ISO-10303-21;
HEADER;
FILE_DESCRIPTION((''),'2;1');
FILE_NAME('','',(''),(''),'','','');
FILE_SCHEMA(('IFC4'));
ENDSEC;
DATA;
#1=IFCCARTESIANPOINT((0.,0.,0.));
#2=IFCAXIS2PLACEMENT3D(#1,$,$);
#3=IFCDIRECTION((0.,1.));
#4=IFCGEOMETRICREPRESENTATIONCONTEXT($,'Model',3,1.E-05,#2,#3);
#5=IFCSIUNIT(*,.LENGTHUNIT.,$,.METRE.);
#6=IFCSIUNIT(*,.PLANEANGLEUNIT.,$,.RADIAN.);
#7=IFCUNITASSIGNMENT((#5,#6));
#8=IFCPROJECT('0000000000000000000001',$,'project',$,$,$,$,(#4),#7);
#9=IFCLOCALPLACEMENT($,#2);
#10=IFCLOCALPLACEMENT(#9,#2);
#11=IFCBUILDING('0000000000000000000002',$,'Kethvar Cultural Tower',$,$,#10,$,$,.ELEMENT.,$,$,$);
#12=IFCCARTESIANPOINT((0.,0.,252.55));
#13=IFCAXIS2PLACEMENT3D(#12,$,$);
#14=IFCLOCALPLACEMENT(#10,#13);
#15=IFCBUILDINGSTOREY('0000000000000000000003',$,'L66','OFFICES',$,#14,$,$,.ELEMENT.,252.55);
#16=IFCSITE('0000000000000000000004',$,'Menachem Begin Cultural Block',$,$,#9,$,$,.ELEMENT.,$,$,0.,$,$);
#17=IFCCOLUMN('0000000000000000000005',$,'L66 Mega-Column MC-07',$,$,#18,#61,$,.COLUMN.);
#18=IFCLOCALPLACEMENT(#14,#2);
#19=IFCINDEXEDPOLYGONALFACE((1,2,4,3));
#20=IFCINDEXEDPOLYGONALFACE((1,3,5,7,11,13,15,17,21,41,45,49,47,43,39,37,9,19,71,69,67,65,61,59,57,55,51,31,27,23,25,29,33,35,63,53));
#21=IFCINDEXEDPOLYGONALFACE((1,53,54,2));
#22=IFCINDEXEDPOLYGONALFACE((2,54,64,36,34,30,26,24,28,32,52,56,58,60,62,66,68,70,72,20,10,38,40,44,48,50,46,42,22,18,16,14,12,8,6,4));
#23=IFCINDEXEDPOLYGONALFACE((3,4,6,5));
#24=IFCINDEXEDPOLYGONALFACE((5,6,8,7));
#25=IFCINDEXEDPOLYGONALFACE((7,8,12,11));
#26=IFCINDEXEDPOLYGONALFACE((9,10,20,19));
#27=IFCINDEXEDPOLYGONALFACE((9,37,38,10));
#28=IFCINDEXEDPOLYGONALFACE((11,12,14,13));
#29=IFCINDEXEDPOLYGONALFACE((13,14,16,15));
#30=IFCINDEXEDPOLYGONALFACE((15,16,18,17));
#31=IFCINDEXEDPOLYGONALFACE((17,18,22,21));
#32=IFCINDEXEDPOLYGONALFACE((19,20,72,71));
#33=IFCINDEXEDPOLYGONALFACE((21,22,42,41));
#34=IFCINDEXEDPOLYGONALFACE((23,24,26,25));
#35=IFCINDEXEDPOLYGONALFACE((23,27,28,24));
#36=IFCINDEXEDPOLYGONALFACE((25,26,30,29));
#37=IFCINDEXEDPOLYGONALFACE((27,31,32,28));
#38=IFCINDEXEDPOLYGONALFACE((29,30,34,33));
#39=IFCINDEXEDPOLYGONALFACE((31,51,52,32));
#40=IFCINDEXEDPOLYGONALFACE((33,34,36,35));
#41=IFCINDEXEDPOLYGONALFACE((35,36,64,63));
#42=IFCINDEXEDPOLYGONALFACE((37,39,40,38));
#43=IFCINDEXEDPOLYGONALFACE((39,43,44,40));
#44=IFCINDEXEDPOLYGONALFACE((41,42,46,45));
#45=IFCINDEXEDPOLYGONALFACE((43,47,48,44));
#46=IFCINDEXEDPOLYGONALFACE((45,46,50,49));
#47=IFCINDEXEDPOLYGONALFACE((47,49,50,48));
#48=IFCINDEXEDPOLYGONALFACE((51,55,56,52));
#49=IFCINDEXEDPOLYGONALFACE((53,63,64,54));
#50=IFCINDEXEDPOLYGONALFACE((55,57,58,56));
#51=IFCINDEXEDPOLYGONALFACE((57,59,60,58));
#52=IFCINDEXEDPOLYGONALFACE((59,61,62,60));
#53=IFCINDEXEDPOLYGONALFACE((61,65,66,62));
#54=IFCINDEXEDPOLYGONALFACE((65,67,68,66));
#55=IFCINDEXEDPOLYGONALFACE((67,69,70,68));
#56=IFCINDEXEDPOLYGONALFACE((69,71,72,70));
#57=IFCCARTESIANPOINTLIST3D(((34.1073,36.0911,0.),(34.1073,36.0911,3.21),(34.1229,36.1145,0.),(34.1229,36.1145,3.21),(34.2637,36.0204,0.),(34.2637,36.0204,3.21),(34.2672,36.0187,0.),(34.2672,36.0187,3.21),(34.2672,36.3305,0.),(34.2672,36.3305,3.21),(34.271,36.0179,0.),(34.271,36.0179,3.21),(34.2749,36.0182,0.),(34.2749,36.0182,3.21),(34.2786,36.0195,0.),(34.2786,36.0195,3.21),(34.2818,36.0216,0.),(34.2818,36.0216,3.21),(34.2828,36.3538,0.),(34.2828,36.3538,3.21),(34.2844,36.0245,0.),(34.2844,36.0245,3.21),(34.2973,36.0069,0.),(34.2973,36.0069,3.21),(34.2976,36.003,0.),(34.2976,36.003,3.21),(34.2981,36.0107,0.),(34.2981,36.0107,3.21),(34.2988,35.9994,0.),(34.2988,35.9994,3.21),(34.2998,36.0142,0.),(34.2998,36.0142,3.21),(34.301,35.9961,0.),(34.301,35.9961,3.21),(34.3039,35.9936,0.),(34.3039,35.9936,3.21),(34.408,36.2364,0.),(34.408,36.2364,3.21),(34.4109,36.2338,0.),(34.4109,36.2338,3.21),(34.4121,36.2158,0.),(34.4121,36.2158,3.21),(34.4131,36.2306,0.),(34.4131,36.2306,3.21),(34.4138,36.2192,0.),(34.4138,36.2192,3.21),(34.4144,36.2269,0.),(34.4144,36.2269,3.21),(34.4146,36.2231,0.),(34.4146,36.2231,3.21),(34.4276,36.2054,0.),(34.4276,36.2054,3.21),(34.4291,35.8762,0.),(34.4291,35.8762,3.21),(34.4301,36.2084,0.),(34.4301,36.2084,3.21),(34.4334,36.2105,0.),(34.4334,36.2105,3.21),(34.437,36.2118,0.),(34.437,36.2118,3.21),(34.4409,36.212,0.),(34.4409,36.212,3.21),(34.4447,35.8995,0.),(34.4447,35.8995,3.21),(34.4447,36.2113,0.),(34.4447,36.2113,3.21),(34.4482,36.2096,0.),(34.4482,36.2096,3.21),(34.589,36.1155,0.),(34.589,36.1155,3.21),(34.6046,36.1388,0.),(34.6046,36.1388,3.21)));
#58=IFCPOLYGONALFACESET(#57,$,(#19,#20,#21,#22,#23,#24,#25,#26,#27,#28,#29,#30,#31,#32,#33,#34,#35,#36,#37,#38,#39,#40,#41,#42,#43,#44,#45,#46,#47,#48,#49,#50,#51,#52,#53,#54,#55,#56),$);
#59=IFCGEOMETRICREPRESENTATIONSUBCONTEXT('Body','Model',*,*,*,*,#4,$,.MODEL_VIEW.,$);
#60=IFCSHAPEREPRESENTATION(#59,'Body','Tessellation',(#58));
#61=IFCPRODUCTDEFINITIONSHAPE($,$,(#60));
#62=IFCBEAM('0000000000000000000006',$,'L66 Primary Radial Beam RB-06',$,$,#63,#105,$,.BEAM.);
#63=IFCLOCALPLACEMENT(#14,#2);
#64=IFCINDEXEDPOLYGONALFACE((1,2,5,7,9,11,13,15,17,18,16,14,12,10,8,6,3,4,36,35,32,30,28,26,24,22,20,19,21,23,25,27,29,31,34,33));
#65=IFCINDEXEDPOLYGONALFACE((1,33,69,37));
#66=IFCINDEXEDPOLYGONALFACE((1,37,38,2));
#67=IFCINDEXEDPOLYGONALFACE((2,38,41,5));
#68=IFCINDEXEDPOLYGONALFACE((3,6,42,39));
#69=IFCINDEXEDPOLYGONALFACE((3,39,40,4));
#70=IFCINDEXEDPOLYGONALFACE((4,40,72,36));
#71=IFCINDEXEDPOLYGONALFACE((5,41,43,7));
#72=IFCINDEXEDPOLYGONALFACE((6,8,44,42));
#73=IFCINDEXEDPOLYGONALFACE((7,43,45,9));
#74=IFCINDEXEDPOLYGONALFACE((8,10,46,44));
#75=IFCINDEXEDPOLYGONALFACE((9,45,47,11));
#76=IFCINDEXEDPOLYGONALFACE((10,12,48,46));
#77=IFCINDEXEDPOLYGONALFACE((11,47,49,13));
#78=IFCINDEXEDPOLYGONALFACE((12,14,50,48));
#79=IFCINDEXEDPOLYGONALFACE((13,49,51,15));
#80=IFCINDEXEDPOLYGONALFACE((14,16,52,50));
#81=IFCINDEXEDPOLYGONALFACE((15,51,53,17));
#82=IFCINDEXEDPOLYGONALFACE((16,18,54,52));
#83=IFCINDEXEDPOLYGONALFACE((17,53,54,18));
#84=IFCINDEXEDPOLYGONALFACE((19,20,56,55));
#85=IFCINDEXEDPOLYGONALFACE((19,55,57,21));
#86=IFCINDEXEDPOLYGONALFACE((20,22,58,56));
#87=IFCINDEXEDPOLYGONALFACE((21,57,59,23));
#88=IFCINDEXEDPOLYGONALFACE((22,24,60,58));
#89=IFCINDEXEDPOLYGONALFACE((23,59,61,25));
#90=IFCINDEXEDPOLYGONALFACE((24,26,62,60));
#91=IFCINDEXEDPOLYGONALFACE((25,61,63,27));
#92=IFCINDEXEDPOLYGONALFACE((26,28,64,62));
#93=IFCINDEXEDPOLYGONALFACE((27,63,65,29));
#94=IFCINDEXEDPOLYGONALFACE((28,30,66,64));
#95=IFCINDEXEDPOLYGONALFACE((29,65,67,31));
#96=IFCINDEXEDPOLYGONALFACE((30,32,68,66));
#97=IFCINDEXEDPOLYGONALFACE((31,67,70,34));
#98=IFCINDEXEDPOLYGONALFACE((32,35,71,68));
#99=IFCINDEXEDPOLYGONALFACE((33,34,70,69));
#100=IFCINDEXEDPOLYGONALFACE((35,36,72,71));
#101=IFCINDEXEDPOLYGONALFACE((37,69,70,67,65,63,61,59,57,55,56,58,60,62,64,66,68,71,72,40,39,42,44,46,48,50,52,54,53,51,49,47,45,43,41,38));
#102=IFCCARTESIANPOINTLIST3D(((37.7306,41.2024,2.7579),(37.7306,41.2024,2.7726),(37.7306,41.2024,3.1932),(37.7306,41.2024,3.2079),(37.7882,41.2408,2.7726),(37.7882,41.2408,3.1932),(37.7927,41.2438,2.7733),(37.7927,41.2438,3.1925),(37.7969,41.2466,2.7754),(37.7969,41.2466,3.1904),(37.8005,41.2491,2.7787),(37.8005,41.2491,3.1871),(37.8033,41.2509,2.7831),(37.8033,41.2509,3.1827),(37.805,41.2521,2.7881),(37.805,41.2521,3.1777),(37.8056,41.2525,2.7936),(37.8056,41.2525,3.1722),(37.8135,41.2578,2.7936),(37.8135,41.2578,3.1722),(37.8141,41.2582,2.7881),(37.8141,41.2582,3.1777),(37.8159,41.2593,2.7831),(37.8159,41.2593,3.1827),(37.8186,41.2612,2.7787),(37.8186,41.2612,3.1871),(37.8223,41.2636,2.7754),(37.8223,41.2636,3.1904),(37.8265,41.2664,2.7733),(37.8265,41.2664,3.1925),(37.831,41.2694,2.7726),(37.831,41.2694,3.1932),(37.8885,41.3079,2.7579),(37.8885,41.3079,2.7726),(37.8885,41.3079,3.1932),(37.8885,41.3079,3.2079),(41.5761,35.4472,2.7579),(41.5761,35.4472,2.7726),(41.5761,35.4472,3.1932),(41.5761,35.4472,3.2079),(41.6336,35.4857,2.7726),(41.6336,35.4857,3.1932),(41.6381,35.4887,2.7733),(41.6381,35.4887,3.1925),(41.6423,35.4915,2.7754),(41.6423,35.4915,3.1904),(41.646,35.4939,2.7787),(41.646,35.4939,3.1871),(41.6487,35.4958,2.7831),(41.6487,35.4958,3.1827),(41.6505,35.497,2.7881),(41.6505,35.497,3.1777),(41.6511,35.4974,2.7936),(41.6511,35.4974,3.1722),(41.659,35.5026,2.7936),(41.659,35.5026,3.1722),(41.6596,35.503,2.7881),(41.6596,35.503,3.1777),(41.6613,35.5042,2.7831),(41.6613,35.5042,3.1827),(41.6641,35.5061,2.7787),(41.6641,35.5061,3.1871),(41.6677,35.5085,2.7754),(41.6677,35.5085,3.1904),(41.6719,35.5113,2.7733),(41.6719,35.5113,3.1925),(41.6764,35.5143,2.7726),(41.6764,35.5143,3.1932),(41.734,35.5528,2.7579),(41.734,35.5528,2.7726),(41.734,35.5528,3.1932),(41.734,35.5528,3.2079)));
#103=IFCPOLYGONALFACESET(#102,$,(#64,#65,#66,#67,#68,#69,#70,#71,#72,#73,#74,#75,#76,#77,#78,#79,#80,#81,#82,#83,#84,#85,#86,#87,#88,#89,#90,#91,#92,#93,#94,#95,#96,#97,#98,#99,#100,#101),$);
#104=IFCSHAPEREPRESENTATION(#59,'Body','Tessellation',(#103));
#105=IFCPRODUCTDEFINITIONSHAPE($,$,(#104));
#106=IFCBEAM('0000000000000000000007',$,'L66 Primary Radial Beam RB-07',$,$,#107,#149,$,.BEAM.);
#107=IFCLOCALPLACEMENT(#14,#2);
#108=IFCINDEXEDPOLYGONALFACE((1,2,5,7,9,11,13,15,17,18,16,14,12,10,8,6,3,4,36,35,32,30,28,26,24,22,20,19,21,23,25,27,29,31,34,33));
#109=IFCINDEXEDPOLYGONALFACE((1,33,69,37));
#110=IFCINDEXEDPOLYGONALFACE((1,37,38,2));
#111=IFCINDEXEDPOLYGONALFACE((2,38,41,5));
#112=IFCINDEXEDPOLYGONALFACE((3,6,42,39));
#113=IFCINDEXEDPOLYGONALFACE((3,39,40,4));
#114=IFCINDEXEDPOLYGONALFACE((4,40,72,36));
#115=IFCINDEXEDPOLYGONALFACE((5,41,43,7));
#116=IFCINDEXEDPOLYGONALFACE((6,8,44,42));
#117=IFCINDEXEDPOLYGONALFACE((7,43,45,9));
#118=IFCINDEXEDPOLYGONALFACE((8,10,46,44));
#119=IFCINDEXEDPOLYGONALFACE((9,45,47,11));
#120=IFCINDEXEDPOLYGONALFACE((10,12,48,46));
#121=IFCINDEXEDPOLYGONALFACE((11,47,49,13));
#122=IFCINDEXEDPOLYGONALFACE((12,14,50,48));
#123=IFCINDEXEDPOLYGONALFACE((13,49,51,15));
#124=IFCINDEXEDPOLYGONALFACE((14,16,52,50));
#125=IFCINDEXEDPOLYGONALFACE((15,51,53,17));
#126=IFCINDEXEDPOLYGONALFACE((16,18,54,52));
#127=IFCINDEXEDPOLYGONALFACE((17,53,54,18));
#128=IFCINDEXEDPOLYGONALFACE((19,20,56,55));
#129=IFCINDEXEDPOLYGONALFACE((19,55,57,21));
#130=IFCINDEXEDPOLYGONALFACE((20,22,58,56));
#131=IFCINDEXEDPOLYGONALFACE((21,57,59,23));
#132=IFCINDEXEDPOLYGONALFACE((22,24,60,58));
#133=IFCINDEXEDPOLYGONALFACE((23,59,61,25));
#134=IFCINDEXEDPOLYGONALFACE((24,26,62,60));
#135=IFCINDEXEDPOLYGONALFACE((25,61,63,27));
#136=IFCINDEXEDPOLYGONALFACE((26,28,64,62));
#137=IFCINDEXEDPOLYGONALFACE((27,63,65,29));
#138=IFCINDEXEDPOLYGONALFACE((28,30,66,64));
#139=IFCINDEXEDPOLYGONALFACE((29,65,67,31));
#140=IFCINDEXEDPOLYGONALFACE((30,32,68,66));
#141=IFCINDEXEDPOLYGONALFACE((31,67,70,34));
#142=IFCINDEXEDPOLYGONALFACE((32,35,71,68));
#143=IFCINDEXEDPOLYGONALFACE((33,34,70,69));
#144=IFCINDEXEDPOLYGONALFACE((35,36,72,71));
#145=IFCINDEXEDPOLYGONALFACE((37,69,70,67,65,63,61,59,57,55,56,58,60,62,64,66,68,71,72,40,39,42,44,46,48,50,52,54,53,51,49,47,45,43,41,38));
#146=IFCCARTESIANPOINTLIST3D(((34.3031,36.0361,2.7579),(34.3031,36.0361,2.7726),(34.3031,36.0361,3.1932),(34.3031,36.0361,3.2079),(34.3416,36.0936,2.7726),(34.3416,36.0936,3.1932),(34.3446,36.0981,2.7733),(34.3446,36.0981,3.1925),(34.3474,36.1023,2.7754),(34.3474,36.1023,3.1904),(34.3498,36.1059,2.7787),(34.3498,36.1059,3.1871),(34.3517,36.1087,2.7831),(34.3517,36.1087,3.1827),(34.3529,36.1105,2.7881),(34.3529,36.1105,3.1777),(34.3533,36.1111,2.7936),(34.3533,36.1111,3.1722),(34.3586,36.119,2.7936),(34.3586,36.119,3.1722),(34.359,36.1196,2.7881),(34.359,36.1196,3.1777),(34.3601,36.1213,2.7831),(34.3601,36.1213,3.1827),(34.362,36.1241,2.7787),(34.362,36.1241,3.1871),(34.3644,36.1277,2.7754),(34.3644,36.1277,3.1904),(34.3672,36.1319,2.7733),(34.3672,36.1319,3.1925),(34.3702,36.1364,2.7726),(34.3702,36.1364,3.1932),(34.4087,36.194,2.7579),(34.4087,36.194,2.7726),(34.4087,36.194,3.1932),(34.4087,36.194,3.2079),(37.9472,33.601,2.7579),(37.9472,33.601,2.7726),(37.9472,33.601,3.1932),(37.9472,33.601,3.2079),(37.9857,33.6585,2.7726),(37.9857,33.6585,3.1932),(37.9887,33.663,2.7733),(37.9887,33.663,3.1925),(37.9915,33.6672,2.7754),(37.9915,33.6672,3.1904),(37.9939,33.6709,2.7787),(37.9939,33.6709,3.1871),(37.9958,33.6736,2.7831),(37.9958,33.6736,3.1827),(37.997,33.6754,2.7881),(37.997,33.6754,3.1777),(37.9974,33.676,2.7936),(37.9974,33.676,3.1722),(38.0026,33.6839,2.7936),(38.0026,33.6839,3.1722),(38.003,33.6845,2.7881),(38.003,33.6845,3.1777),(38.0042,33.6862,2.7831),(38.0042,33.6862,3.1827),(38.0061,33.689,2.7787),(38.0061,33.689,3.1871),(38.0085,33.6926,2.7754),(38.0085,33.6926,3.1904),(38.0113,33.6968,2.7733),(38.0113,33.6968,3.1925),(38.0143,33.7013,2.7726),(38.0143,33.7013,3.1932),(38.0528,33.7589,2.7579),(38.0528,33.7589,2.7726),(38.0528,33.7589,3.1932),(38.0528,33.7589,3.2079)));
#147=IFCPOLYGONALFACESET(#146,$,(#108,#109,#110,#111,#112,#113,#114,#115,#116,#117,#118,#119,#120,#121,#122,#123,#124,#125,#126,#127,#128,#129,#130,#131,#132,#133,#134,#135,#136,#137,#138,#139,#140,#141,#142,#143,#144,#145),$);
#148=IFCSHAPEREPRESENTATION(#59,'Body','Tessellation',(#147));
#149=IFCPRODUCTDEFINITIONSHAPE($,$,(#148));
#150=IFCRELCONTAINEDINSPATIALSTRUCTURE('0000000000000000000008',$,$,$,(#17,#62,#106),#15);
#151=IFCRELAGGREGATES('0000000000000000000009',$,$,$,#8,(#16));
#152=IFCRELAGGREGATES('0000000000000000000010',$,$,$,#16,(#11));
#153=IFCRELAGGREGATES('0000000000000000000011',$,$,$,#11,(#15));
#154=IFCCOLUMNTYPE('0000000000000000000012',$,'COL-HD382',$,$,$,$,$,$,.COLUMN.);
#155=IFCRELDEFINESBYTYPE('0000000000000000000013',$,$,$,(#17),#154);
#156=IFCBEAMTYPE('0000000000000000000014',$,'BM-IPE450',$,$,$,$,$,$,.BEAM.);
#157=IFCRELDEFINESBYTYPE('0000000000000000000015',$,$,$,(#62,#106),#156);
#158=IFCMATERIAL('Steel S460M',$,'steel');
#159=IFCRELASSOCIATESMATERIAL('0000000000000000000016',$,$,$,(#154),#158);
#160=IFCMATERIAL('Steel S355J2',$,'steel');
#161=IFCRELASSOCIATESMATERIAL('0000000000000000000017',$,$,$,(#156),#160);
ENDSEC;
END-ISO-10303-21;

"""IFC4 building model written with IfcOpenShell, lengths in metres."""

from ifc_helpers import new_model, si_unit, direction, frame, origin, origin_2d, place, context, subcontext, project, spatial, i_section, extrude, source, transform, mapped, material, material_profile, profile_set, type_object, element, save


model = new_model("IFC4")

# Units and contexts
model_context = context("Model", 3, precision=1e-05, world=origin(), true_north=direction((0.0, 1.0)))
body_context = subcontext(model_context, "Body", "Model", "MODEL_VIEW")
ifc_project = project(units=[si_unit("LENGTHUNIT", "METRE"), si_unit("PLANEANGLEUNIT", "RADIAN")], contexts=[model_context])

# Site, building, storey
site_placement = place(None, origin())
site = spatial("IfcSite", under=ifc_project, at=site_placement, Name="Menachem Begin Cultural Block", CompositionType="ELEMENT", RefElevation=0.0)
building_placement = place(site_placement, origin())
building = spatial("IfcBuilding", under=site, at=building_placement, Name="Kethvar Cultural Tower", CompositionType="ELEMENT")
storey_placement = place(building_placement, frame((0.0, 0.0, 252.55)))
storey = spatial("IfcBuildingStorey", under=building, at=storey_placement, Name="L66", Description="OFFICES", CompositionType="ELEMENT", Elevation=252.55)

# Column
ifc_material_1 = material(Name="Steel S460M", Category="steel")
ifc_material_profile_1 = material_profile(ifc_material_1, i_section(OverallWidth=0.387, OverallDepth=0.3159, WebThickness=0.0186, FlangeThickness=0.0281, FilletRadius=0.0149, at=origin_2d()), Name="Steel S460M — HD400x382")
ifc_profile_set_1 = profile_set([ifc_material_profile_1], Name="Steel S460M — HD400x382")
column_type = type_object("IfcColumnType", Name="COL-HD382", PredefinedType="COLUMN", material=ifc_profile_set_1)
shared_shape_1 = source(origin(), body_context, "Body", "SweptSolid", [
    extrude(i_section(OverallWidth=0.387, OverallDepth=0.3159, WebThickness=0.0186, FlangeThickness=0.0281, FilletRadius=0.0149, at=origin_2d()), origin(), (0.0, 0.0, 1.0), 3.21),
])
column_placement = place(storey_placement, frame((34.356, 36.115, 0.0), z_axis=(0.0, 0.0, 1.0), x_axis=(-0.83147, 0.55557, 0.0)))
element("IfcColumn", 1, at=column_placement, inside=storey, type_object=column_type, Name="L66 Mega-Column MC-07", PredefinedType="COLUMN", context=body_context, shape_type="MappedRepresentation", body=[
    mapped(shared_shape_1, transform((0.0, 0.0, 0.0), scale=1.0)),
])

# Beams
ifc_material_2 = material(Name="Steel S355J2", Category="steel")
ifc_material_profile_2 = material_profile(ifc_material_2, i_section(OverallWidth=0.1899, OverallDepth=0.45, WebThickness=0.0095, FlangeThickness=0.0146, FilletRadius=0.021, at=origin_2d()), Name="Steel S355J2 — IPE450")
ifc_profile_set_2 = profile_set([ifc_material_profile_2], Name="Steel S355J2 — IPE450")
beam_type_1 = type_object("IfcBeamType", Name="BM-IPE450", PredefinedType="BEAM", material=ifc_profile_set_2)
shared_shape_2 = source(origin(), body_context, "Body", "SweptSolid", [
    extrude(i_section(OverallWidth=0.1899, OverallDepth=0.45, WebThickness=0.0095, FlangeThickness=0.0146, FilletRadius=0.021, at=origin_2d()), origin(), (0.0, 0.0, 1.0), 6.9216),
])
beam_1_placement = place(storey_placement, frame((41.655, 35.5, 2.9829), z_axis=(-0.555571, 0.831469, 0.0), x_axis=(-0.831469, -0.555571, 0.0)))
element("IfcBeam", 2, at=beam_1_placement, inside=storey, type_object=beam_type_1, Name="L66 Primary Radial Beam RB-06", PredefinedType="BEAM", context=body_context, shape_type="MappedRepresentation", body=[
    mapped(shared_shape_2, transform((0.0, 0.0, 0.0), scale=1.0)),
])
shared_shape_3 = source(origin(), body_context, "Body", "SweptSolid", [
    extrude(i_section(OverallWidth=0.1899, OverallDepth=0.45, WebThickness=0.0095, FlangeThickness=0.0146, FilletRadius=0.021, at=origin_2d()), origin(), (0.0, 0.0, 1.0), 4.3828),
])
beam_2_placement = place(storey_placement, frame((38.0, 33.6799, 2.9829), z_axis=(-0.83145, 0.5556, 0.0), x_axis=(-0.5556, -0.83145, 0.0)))
element("IfcBeam", 3, at=beam_2_placement, inside=storey, type_object=beam_type_1, Name="L66 Primary Radial Beam RB-07", PredefinedType="BEAM", context=body_context, shape_type="MappedRepresentation", body=[
    mapped(shared_shape_3, transform((0.0, 0.0, 0.0), scale=1.0)),
])

save(model, "model.ifc")
